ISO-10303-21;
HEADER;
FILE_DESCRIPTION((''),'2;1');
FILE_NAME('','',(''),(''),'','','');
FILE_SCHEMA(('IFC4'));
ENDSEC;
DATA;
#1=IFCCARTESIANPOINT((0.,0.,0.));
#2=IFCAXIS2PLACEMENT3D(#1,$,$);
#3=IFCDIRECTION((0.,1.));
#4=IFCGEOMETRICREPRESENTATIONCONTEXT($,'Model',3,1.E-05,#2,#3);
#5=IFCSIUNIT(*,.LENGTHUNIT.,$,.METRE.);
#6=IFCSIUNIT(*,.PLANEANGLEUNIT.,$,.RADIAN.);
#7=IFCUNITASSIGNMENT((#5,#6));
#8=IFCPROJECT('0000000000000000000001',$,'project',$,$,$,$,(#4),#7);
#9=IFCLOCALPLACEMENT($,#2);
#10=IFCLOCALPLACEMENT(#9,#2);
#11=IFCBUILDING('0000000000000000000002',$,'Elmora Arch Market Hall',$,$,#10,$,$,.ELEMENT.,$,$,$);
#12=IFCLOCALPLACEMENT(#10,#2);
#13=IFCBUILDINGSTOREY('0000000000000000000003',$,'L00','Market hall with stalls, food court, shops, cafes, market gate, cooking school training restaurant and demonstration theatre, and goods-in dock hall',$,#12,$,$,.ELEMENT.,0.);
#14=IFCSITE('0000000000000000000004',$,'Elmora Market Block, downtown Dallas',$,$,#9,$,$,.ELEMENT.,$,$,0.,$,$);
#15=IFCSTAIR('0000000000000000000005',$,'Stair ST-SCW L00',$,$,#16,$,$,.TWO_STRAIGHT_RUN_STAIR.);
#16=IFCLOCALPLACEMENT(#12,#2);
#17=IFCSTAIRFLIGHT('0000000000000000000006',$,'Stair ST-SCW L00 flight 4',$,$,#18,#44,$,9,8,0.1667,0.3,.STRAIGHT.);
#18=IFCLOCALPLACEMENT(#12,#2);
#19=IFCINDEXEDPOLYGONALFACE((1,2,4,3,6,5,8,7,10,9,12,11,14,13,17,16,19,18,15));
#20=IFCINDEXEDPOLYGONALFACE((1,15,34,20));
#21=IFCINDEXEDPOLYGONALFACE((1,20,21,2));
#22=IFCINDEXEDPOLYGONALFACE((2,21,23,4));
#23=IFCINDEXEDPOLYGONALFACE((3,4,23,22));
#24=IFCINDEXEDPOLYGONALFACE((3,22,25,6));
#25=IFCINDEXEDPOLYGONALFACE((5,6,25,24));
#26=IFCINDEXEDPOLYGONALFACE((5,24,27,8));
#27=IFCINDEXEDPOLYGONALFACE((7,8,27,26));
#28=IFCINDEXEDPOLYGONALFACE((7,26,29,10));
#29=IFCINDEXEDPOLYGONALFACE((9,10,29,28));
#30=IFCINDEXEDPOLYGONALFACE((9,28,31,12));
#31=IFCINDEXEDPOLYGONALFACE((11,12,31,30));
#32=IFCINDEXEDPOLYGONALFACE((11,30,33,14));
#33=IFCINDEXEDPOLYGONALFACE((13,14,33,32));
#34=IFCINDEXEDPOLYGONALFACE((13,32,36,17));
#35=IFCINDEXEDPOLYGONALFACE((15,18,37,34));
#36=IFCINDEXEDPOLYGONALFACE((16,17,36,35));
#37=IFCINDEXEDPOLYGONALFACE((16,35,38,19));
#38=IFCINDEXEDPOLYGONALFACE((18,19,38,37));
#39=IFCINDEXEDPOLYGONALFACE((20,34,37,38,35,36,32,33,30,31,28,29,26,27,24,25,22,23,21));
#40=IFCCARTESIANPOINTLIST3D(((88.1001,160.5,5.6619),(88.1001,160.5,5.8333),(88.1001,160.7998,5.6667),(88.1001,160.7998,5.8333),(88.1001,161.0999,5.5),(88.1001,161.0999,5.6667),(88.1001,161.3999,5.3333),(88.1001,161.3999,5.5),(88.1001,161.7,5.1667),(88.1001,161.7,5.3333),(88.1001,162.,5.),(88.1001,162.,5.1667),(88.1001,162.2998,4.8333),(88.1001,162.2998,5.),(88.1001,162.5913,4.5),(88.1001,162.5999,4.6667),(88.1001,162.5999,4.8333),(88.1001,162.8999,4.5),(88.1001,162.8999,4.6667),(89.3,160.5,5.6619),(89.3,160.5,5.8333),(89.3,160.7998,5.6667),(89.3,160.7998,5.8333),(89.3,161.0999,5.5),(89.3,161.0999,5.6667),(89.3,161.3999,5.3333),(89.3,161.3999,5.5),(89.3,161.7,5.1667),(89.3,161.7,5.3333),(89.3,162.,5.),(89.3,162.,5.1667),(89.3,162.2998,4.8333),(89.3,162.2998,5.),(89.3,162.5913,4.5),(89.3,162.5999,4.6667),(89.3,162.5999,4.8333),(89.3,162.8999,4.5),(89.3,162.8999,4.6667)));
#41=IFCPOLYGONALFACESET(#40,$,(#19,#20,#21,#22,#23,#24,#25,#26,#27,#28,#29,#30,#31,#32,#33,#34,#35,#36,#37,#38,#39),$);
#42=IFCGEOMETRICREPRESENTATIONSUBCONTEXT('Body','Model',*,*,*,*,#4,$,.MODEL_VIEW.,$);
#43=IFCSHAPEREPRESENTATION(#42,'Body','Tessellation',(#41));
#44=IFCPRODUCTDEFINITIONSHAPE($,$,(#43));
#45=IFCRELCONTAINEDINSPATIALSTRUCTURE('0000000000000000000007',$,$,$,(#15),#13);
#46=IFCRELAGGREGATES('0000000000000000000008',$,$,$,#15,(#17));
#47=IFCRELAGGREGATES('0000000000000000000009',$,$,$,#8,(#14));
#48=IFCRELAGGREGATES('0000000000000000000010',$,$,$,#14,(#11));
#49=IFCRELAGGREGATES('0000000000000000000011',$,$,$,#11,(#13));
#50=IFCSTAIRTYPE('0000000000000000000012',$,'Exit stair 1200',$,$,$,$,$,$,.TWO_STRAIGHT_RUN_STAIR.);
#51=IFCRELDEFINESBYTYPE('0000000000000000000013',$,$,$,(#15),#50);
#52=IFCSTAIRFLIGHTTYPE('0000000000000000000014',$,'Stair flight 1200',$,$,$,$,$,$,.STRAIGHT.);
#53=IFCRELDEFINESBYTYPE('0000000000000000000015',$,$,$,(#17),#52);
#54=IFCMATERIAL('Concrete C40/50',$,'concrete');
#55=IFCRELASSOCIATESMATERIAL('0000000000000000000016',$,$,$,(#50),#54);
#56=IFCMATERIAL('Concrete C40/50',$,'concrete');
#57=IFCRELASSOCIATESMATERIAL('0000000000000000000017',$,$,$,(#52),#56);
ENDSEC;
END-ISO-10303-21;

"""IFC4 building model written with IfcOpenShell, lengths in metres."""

from ifc_helpers import new_model, si_unit, direction, frame, origin, place, context, subcontext, project, spatial, polyline, outline, extrude, material, type_object, element, aggregate, save


model = new_model("IFC4")

# Units and contexts
model_context = context("Model", 3, precision=1e-05, world=origin(), true_north=direction((0.0, 1.0)))
body_context = subcontext(model_context, "Body", "Model", "MODEL_VIEW")
ifc_project = project(units=[si_unit("LENGTHUNIT", "METRE"), si_unit("PLANEANGLEUNIT", "RADIAN")], contexts=[model_context])

# Site, building, storey
site_placement = place(None, origin())
site = spatial("IfcSite", under=ifc_project, at=site_placement, Name="Elmora Market Block, downtown Dallas", CompositionType="ELEMENT", RefElevation=0.0)
building_placement = place(site_placement, origin())
building = spatial("IfcBuilding", under=site, at=building_placement, Name="Elmora Arch Market Hall", CompositionType="ELEMENT")
storey_placement = place(building_placement, origin())
storey = spatial("IfcBuildingStorey", under=building, at=storey_placement, Name="L00", Description="Market hall with stalls, food court, shops, cafes, market gate, cooking school training restaurant and demonstration theatre, and goods-in dock hall", CompositionType="ELEMENT", Elevation=0.0)

# Stair, stair flight
ifc_material_1 = material(Name="Concrete C40/50", Category="concrete")
stair_type = type_object("IfcStairType", Name="Exit stair 1200", PredefinedType="TWO_STRAIGHT_RUN_STAIR", material=ifc_material_1)
stair_placement = place(storey_placement, origin())
stair = element("IfcStair", 1, at=stair_placement, inside=storey, type_object=stair_type, Name="Stair ST-SCW L00", PredefinedType="TWO_STRAIGHT_RUN_STAIR")
ifc_material_2 = material(Name="Concrete C40/50", Category="concrete")
stair_flight_type = type_object("IfcStairFlightType", Name="Stair flight 1200", PredefinedType="STRAIGHT", material=ifc_material_2)
stair_flight_1_placement = place(storey_placement, frame((88.7, 162.8999, 4.5), z_axis=(0.0, 0.0, 1.0), x_axis=(0.0, -1.0, 0.0)))
stair_flight_1 = element("IfcStairFlight", 2, at=stair_flight_1_placement, type_object=stair_flight_type, Name="Stair ST-SCW L00 flight 4", NumberOfRisers=9, NumberOfTreads=8, PredefinedType="STRAIGHT", RiserHeight=0.1667, TreadLength=0.3, context=body_context, shape_type="SweptSolid", body=[
    extrude(outline(polyline([(0.0, 0.0), (0.0, 0.1667), (0.3, 0.1667), (0.3, 0.3333), (0.6001, 0.3333), (0.6001, 0.5), (0.8999, 0.5), (0.8999, 0.6667), (1.2, 0.6667), (1.2, 0.8333), (1.5, 0.8333), (1.5, 1.0), (1.8, 1.0), (1.8, 1.1667), (2.1001, 1.1667), (2.1001, 1.3333), (2.3999, 1.3333), (2.3999, 1.5), (2.3999, 1.1619), (0.3086, 0.0), (0.0, 0.0)])), frame((0.0, 0.6001, 0.0), z_axis=(0.0, -1.0, 0.0), x_axis=(1.0, 0.0, 0.0)), (0.0, 0.0, 1.0), 1.2),
])
aggregate(stair, [stair_flight_1])

save(model, "model.ifc")
